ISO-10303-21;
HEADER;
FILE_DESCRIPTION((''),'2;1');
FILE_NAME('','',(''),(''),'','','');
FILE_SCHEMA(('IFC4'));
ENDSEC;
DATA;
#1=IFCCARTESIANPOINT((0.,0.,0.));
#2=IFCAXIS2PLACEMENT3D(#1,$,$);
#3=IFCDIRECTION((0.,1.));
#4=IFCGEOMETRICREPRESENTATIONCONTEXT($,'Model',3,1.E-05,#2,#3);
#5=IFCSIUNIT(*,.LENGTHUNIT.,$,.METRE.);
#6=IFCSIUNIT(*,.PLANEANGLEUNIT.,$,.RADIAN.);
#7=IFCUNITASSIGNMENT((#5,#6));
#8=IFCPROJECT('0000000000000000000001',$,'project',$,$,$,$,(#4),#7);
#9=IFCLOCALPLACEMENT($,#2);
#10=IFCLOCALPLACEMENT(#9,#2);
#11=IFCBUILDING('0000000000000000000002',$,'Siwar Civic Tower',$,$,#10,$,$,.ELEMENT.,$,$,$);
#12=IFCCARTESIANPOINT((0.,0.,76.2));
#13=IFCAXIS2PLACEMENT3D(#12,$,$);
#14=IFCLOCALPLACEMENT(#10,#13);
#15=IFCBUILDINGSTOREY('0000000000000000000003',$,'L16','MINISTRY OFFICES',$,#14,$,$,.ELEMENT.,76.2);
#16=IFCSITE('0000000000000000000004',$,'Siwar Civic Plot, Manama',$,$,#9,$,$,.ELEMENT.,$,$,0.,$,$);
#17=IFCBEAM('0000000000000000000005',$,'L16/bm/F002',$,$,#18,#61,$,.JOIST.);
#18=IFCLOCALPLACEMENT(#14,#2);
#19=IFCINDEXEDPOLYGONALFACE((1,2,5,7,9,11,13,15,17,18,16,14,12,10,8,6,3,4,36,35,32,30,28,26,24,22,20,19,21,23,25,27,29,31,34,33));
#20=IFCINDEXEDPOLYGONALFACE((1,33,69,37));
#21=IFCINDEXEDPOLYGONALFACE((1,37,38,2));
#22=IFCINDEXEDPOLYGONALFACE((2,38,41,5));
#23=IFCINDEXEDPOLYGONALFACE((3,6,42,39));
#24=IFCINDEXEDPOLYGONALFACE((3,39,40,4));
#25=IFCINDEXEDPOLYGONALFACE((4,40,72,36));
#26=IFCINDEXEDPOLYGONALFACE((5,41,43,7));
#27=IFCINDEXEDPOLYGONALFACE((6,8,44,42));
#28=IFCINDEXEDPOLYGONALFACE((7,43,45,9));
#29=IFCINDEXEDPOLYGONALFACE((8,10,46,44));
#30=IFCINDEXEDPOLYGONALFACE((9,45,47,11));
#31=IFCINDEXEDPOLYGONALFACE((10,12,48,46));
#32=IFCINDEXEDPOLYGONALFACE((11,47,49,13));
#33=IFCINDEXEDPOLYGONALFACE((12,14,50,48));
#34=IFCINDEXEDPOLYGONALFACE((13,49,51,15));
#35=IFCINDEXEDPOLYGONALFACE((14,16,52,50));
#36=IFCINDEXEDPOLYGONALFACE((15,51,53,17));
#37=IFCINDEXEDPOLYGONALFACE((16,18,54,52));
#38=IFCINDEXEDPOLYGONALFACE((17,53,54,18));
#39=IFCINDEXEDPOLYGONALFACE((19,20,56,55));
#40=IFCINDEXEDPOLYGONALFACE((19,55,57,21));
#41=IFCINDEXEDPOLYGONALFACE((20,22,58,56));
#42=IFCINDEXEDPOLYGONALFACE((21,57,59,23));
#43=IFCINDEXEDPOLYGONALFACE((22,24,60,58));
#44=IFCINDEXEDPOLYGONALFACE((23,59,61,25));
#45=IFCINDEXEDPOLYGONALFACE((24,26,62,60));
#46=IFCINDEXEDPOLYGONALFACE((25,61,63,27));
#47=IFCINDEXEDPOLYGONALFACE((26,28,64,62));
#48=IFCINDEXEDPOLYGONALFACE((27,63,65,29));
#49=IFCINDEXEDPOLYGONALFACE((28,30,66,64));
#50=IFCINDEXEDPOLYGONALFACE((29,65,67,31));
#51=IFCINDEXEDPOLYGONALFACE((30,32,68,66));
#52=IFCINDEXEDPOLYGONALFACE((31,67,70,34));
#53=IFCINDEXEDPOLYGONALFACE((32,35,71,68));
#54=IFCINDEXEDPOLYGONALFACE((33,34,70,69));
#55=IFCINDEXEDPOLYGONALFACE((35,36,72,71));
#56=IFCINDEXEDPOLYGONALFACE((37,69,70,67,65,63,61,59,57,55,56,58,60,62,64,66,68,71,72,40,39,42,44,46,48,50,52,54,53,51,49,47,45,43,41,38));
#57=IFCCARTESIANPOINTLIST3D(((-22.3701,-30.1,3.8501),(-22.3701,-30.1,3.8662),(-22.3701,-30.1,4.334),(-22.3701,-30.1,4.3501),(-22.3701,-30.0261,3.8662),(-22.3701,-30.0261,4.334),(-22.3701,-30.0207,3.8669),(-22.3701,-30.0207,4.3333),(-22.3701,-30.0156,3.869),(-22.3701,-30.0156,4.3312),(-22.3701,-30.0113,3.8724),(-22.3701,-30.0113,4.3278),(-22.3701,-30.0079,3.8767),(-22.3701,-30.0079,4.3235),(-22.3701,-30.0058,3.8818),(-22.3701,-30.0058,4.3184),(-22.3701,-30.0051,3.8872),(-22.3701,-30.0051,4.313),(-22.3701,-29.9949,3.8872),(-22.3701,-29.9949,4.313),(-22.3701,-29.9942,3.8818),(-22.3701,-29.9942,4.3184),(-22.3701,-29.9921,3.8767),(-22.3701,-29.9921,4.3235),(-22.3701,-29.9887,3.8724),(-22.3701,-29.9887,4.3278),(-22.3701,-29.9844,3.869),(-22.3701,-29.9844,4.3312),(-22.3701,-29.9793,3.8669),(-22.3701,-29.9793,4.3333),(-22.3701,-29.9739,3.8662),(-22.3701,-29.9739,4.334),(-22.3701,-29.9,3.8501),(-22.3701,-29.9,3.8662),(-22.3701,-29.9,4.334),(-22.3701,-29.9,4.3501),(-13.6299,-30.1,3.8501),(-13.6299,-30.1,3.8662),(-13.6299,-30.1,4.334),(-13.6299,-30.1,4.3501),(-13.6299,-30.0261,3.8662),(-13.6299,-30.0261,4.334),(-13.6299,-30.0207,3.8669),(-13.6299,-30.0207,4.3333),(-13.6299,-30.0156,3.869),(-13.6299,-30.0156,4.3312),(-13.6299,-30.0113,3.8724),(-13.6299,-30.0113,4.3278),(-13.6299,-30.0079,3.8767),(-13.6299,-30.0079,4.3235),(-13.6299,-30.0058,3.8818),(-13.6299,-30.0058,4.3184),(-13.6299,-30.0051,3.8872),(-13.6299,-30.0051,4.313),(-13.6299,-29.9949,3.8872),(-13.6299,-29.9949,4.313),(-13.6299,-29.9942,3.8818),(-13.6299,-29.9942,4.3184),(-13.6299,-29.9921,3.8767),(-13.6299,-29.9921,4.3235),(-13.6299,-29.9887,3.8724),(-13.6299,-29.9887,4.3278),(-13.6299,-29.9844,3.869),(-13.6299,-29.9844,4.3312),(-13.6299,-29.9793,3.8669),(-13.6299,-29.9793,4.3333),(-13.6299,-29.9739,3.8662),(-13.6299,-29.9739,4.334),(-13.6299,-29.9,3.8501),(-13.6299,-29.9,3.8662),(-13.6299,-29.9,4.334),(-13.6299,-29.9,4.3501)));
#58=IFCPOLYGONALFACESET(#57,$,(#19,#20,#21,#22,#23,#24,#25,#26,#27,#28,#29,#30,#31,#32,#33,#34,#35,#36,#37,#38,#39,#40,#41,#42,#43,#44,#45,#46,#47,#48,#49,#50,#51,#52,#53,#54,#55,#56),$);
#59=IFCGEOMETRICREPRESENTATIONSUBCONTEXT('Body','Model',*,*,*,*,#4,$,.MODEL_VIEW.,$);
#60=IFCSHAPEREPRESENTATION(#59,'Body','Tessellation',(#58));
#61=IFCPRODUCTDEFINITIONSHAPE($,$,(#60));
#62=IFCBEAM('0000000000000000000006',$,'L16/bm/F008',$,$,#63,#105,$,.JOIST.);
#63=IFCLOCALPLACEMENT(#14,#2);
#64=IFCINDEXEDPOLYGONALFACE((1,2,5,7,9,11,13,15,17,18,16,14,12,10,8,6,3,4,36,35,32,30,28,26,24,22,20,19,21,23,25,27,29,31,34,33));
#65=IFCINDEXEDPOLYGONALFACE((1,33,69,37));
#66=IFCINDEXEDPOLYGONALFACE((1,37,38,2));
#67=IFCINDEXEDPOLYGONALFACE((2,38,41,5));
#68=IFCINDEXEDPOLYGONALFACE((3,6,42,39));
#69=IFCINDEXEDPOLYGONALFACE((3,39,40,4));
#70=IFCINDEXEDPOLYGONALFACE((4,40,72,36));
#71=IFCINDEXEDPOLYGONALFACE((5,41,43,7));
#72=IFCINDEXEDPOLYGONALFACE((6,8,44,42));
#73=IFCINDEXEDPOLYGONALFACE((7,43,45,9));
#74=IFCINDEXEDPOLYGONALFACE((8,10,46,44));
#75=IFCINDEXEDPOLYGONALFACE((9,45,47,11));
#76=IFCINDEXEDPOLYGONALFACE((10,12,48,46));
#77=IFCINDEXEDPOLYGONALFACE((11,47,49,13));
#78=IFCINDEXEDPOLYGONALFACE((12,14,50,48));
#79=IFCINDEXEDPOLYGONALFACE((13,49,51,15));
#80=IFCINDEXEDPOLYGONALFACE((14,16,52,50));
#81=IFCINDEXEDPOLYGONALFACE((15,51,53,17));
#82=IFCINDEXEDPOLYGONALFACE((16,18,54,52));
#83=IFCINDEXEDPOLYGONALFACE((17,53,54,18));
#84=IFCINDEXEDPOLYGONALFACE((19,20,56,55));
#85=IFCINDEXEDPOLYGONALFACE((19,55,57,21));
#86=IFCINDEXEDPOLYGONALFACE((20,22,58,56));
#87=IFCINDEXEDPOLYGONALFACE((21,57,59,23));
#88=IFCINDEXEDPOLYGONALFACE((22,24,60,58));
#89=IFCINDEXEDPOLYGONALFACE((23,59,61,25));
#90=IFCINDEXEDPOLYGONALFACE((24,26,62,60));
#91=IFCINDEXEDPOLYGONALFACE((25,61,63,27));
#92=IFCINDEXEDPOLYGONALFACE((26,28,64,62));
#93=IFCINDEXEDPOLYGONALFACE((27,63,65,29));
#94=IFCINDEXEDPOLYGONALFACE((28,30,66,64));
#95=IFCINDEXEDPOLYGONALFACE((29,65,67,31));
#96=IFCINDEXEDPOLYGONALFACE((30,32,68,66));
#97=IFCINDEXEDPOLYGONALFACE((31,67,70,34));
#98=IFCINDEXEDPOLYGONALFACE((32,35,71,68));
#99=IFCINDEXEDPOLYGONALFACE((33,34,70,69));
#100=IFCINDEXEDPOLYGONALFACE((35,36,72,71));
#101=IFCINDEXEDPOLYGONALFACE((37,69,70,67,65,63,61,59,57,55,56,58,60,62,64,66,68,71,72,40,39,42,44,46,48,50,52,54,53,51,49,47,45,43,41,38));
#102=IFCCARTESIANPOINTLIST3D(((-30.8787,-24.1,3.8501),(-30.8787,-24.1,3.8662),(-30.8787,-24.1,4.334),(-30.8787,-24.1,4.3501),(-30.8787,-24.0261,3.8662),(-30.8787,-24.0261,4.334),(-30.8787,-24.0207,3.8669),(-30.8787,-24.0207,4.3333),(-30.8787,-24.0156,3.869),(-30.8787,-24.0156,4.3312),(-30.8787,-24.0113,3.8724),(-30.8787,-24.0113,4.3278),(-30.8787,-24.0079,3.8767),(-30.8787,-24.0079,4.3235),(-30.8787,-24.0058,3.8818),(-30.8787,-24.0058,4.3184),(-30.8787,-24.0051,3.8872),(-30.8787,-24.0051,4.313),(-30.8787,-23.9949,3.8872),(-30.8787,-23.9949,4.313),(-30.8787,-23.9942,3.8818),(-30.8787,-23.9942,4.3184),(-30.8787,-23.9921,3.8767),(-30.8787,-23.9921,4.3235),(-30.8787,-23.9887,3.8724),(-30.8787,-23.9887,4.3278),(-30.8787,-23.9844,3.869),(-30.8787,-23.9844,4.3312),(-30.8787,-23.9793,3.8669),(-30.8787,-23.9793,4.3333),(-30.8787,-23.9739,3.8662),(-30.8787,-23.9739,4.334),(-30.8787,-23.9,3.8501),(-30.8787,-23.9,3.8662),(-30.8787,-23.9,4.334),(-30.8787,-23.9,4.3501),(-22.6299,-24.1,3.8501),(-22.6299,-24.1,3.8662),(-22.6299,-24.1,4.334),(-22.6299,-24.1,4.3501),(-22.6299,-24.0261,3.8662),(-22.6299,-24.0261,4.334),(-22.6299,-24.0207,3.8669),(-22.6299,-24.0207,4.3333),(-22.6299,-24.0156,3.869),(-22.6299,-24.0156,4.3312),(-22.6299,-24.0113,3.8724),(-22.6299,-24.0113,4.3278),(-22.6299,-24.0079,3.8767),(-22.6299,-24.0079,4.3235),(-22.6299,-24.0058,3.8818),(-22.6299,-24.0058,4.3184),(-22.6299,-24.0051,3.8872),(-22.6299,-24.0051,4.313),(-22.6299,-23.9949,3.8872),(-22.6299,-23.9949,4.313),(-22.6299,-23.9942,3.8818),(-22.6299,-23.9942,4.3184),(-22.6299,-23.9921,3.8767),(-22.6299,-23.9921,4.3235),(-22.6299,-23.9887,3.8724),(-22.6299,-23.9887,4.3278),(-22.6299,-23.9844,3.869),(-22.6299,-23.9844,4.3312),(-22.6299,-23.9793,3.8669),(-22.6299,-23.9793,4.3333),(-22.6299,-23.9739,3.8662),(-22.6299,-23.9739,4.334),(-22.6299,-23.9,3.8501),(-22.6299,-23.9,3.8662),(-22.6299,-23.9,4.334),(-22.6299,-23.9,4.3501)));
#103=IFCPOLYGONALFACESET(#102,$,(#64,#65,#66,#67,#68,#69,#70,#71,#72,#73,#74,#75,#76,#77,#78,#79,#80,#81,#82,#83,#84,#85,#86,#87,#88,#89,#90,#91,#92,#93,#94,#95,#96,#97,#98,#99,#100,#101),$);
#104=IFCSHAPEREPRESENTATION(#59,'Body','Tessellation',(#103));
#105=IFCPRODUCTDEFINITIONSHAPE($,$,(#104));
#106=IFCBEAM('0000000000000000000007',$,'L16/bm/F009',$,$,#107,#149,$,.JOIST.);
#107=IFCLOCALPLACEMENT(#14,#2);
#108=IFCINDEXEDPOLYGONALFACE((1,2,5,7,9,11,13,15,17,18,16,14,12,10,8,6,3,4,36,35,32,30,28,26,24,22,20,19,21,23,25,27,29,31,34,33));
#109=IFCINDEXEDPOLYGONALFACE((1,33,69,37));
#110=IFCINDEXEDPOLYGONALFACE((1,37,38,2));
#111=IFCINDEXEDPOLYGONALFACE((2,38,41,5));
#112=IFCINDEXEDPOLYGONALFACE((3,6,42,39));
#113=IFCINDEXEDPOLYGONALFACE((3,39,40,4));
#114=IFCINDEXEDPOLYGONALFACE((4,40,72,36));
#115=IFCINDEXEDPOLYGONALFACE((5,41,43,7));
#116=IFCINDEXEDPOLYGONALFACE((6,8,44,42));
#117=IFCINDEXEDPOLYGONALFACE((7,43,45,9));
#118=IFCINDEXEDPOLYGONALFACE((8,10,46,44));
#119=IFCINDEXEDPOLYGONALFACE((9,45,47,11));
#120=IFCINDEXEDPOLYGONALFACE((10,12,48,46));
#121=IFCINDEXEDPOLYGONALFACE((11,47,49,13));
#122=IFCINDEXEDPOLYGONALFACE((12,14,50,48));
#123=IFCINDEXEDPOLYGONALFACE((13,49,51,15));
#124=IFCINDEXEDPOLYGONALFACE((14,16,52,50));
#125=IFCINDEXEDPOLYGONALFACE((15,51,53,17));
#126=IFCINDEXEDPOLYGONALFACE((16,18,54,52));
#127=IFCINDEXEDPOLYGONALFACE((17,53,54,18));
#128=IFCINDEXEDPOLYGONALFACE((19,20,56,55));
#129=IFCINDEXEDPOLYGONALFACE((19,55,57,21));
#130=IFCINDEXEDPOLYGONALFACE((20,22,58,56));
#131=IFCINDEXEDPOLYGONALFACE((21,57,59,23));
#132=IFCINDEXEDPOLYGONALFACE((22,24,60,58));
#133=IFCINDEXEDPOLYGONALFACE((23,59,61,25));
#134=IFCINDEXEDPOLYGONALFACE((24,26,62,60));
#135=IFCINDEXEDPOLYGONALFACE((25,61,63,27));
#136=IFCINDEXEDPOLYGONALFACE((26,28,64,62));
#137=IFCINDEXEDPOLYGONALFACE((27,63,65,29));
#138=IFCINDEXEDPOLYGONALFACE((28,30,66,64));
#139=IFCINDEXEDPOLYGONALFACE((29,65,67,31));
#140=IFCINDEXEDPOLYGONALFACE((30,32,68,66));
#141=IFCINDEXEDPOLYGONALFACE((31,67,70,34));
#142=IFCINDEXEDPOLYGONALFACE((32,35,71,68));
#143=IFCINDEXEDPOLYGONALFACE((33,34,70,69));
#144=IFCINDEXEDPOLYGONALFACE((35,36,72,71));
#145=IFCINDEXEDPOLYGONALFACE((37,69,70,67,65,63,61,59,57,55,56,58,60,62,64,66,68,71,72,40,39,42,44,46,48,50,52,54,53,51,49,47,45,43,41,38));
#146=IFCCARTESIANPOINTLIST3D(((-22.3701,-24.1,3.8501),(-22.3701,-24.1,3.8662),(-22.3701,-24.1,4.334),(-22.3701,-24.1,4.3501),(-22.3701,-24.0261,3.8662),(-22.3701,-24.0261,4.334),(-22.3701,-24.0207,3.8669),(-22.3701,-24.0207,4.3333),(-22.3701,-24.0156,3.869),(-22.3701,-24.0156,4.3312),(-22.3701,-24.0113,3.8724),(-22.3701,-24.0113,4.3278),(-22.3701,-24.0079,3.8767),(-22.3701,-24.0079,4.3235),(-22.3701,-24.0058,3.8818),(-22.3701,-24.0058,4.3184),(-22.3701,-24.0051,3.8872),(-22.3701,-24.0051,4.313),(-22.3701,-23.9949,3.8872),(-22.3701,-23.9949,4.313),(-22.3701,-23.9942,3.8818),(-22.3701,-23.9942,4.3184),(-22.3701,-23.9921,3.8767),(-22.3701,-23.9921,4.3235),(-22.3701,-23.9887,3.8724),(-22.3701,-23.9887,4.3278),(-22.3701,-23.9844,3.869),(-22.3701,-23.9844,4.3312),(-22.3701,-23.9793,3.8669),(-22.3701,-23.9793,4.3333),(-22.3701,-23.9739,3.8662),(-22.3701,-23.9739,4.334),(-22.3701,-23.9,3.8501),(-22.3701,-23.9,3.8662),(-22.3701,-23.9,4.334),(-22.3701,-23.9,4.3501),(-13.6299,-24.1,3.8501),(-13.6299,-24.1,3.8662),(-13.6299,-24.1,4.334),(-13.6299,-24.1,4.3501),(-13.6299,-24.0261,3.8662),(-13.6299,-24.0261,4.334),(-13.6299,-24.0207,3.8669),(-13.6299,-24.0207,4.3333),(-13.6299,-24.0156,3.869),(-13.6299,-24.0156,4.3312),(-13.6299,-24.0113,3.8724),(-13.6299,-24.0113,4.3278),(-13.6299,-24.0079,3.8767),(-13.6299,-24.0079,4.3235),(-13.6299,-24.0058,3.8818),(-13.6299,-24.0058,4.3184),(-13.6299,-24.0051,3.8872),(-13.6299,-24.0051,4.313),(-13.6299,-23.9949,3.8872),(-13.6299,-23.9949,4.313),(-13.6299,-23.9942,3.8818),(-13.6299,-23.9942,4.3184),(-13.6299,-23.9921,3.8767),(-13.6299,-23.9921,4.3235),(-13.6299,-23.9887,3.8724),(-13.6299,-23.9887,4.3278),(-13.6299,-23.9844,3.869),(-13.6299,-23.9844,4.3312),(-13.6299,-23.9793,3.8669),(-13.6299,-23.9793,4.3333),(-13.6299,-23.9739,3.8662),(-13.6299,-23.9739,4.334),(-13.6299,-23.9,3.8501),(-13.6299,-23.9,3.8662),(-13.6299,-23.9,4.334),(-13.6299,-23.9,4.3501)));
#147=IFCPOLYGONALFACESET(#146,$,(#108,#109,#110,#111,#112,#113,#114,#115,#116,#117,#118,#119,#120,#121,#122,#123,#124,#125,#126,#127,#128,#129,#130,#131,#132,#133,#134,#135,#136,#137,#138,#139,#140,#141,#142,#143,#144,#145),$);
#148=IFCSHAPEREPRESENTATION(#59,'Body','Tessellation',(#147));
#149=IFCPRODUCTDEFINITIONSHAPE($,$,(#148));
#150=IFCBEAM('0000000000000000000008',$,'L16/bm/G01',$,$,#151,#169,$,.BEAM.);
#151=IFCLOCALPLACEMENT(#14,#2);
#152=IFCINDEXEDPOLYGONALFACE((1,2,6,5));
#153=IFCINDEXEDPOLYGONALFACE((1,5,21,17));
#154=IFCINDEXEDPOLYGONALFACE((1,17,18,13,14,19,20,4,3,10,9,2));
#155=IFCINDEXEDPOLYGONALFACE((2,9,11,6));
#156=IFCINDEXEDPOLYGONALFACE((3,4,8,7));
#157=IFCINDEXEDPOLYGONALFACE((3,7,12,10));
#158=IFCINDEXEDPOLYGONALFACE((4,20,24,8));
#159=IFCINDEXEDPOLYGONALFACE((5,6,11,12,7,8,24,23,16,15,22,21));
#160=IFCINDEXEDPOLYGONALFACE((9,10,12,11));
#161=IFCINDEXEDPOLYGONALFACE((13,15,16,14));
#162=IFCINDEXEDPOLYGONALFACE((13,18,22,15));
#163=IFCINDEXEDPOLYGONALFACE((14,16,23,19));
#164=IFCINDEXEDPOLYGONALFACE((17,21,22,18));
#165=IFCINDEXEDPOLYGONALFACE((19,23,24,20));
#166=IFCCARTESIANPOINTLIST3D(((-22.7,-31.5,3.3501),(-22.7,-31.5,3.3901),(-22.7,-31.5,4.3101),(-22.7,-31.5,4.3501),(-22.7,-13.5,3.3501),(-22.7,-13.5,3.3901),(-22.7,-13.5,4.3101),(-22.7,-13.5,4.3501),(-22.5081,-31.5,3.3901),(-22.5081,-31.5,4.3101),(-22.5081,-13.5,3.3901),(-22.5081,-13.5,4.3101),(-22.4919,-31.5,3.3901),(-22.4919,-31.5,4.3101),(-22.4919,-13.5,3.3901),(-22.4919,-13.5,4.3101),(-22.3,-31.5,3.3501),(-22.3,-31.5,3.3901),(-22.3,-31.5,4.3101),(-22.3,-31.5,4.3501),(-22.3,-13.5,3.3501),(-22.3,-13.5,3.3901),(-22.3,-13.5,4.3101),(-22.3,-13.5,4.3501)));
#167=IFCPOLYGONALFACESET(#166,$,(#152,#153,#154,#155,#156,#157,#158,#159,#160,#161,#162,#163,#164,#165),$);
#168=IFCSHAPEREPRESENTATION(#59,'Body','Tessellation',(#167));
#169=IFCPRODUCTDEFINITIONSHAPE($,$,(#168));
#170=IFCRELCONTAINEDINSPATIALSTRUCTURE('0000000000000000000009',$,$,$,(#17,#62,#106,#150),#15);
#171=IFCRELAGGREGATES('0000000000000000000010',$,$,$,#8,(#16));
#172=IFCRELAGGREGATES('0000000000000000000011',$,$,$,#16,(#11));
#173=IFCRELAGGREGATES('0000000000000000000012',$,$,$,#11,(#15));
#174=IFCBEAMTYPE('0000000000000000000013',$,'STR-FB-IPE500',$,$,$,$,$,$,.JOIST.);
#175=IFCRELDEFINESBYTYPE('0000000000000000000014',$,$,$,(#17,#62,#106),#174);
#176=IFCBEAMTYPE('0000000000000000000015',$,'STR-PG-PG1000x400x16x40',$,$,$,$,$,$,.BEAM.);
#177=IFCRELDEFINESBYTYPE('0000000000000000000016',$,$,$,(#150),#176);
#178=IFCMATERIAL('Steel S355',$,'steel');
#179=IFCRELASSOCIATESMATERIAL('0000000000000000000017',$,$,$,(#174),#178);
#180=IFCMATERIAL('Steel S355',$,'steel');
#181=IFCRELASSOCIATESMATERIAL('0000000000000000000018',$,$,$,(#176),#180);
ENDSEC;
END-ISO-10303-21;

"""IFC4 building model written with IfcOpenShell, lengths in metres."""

from ifc_helpers import new_model, si_unit, direction, frame, origin, origin_2d, place, context, subcontext, project, spatial, i_section, extrude, material, material_profile, profile_set, type_object, element, save


model = new_model("IFC4")

# Units and contexts
model_context = context("Model", 3, precision=1e-05, world=origin(), true_north=direction((0.0, 1.0)))
body_context = subcontext(model_context, "Body", "Model", "MODEL_VIEW")
ifc_project = project(units=[si_unit("LENGTHUNIT", "METRE"), si_unit("PLANEANGLEUNIT", "RADIAN")], contexts=[model_context])

# Site, building, storey
site_placement = place(None, origin())
site = spatial("IfcSite", under=ifc_project, at=site_placement, Name="Siwar Civic Plot, Manama", CompositionType="ELEMENT", RefElevation=0.0)
building_placement = place(site_placement, origin())
building = spatial("IfcBuilding", under=site, at=building_placement, Name="Siwar Civic Tower", CompositionType="ELEMENT")
storey_placement = place(building_placement, frame((0.0, 0.0, 76.2)))
storey = spatial("IfcBuildingStorey", under=building, at=storey_placement, Name="L16", Description="MINISTRY OFFICES", CompositionType="ELEMENT", Elevation=76.2)

# Beams
ifc_material_1 = material(Name="Steel S355", Category="steel")
ifc_material_profile_1 = material_profile(ifc_material_1, i_section(OverallWidth=0.2, OverallDepth=0.5, WebThickness=0.0103, FlangeThickness=0.0161, FilletRadius=0.021, at=origin_2d()), Name="IPE500")
ifc_profile_set_1 = profile_set([ifc_material_profile_1], Name="Steel S355")
beam_type_1 = type_object("IfcBeamType", Name="STR-FB-IPE500", PredefinedType="JOIST", material=ifc_profile_set_1)
beam_1_placement = place(storey_placement, frame((-22.3701, -30.0, 4.1001), z_axis=(1.0, 0.0, 0.0), x_axis=(0.0, 1.0, 0.0)))
element("IfcBeam", 1, at=beam_1_placement, inside=storey, type_object=beam_type_1, Name="L16/bm/F002", PredefinedType="JOIST", context=body_context, shape_type="SweptSolid", body=[
    extrude(i_section(OverallWidth=0.2, OverallDepth=0.5, WebThickness=0.0103, FlangeThickness=0.0161, FilletRadius=0.021, at=origin_2d()), origin(), (0.0, 0.0, 1.0), 8.7402),
])
beam_2_placement = place(storey_placement, frame((-30.8787, -24.0, 4.1001), z_axis=(1.0, 0.0, 0.0), x_axis=(0.0, 1.0, 0.0)))
element("IfcBeam", 2, at=beam_2_placement, inside=storey, type_object=beam_type_1, Name="L16/bm/F008", PredefinedType="JOIST", context=body_context, shape_type="SweptSolid", body=[
    extrude(i_section(OverallWidth=0.2, OverallDepth=0.5, WebThickness=0.0103, FlangeThickness=0.0161, FilletRadius=0.021, at=origin_2d()), origin(), (0.0, 0.0, 1.0), 8.2488),
])
beam_3_placement = place(storey_placement, frame((-22.3701, -24.0, 4.1001), z_axis=(1.0, 0.0, 0.0), x_axis=(0.0, 1.0, 0.0)))
element("IfcBeam", 3, at=beam_3_placement, inside=storey, type_object=beam_type_1, Name="L16/bm/F009", PredefinedType="JOIST", context=body_context, shape_type="SweptSolid", body=[
    extrude(i_section(OverallWidth=0.2, OverallDepth=0.5, WebThickness=0.0103, FlangeThickness=0.0161, FilletRadius=0.021, at=origin_2d()), origin(), (0.0, 0.0, 1.0), 8.7402),
])
ifc_material_2 = material(Name="Steel S355", Category="steel")
ifc_material_profile_2 = material_profile(ifc_material_2, i_section(OverallWidth=0.3999, OverallDepth=1.0, WebThickness=0.0161, FlangeThickness=0.04, at=origin_2d()), Name="PG1000x400x16x40")
ifc_profile_set_2 = profile_set([ifc_material_profile_2], Name="Steel S355")
beam_type_2 = type_object("IfcBeamType", Name="STR-PG-PG1000x400x16x40", PredefinedType="BEAM", material=ifc_profile_set_2)
beam_4_placement = place(storey_placement, frame((-22.5, -31.5, 3.8501), z_axis=(0.0, 1.0, 0.0), x_axis=(-1.0, 0.0, 0.0)))
element("IfcBeam", 4, at=beam_4_placement, inside=storey, type_object=beam_type_2, Name="L16/bm/G01", PredefinedType="BEAM", context=body_context, shape_type="SweptSolid", body=[
    extrude(i_section(OverallWidth=0.3999, OverallDepth=1.0, WebThickness=0.0161, FlangeThickness=0.04, at=origin_2d()), origin(), (0.0, 0.0, 1.0), 18.0),
])

save(model, "model.ifc")
